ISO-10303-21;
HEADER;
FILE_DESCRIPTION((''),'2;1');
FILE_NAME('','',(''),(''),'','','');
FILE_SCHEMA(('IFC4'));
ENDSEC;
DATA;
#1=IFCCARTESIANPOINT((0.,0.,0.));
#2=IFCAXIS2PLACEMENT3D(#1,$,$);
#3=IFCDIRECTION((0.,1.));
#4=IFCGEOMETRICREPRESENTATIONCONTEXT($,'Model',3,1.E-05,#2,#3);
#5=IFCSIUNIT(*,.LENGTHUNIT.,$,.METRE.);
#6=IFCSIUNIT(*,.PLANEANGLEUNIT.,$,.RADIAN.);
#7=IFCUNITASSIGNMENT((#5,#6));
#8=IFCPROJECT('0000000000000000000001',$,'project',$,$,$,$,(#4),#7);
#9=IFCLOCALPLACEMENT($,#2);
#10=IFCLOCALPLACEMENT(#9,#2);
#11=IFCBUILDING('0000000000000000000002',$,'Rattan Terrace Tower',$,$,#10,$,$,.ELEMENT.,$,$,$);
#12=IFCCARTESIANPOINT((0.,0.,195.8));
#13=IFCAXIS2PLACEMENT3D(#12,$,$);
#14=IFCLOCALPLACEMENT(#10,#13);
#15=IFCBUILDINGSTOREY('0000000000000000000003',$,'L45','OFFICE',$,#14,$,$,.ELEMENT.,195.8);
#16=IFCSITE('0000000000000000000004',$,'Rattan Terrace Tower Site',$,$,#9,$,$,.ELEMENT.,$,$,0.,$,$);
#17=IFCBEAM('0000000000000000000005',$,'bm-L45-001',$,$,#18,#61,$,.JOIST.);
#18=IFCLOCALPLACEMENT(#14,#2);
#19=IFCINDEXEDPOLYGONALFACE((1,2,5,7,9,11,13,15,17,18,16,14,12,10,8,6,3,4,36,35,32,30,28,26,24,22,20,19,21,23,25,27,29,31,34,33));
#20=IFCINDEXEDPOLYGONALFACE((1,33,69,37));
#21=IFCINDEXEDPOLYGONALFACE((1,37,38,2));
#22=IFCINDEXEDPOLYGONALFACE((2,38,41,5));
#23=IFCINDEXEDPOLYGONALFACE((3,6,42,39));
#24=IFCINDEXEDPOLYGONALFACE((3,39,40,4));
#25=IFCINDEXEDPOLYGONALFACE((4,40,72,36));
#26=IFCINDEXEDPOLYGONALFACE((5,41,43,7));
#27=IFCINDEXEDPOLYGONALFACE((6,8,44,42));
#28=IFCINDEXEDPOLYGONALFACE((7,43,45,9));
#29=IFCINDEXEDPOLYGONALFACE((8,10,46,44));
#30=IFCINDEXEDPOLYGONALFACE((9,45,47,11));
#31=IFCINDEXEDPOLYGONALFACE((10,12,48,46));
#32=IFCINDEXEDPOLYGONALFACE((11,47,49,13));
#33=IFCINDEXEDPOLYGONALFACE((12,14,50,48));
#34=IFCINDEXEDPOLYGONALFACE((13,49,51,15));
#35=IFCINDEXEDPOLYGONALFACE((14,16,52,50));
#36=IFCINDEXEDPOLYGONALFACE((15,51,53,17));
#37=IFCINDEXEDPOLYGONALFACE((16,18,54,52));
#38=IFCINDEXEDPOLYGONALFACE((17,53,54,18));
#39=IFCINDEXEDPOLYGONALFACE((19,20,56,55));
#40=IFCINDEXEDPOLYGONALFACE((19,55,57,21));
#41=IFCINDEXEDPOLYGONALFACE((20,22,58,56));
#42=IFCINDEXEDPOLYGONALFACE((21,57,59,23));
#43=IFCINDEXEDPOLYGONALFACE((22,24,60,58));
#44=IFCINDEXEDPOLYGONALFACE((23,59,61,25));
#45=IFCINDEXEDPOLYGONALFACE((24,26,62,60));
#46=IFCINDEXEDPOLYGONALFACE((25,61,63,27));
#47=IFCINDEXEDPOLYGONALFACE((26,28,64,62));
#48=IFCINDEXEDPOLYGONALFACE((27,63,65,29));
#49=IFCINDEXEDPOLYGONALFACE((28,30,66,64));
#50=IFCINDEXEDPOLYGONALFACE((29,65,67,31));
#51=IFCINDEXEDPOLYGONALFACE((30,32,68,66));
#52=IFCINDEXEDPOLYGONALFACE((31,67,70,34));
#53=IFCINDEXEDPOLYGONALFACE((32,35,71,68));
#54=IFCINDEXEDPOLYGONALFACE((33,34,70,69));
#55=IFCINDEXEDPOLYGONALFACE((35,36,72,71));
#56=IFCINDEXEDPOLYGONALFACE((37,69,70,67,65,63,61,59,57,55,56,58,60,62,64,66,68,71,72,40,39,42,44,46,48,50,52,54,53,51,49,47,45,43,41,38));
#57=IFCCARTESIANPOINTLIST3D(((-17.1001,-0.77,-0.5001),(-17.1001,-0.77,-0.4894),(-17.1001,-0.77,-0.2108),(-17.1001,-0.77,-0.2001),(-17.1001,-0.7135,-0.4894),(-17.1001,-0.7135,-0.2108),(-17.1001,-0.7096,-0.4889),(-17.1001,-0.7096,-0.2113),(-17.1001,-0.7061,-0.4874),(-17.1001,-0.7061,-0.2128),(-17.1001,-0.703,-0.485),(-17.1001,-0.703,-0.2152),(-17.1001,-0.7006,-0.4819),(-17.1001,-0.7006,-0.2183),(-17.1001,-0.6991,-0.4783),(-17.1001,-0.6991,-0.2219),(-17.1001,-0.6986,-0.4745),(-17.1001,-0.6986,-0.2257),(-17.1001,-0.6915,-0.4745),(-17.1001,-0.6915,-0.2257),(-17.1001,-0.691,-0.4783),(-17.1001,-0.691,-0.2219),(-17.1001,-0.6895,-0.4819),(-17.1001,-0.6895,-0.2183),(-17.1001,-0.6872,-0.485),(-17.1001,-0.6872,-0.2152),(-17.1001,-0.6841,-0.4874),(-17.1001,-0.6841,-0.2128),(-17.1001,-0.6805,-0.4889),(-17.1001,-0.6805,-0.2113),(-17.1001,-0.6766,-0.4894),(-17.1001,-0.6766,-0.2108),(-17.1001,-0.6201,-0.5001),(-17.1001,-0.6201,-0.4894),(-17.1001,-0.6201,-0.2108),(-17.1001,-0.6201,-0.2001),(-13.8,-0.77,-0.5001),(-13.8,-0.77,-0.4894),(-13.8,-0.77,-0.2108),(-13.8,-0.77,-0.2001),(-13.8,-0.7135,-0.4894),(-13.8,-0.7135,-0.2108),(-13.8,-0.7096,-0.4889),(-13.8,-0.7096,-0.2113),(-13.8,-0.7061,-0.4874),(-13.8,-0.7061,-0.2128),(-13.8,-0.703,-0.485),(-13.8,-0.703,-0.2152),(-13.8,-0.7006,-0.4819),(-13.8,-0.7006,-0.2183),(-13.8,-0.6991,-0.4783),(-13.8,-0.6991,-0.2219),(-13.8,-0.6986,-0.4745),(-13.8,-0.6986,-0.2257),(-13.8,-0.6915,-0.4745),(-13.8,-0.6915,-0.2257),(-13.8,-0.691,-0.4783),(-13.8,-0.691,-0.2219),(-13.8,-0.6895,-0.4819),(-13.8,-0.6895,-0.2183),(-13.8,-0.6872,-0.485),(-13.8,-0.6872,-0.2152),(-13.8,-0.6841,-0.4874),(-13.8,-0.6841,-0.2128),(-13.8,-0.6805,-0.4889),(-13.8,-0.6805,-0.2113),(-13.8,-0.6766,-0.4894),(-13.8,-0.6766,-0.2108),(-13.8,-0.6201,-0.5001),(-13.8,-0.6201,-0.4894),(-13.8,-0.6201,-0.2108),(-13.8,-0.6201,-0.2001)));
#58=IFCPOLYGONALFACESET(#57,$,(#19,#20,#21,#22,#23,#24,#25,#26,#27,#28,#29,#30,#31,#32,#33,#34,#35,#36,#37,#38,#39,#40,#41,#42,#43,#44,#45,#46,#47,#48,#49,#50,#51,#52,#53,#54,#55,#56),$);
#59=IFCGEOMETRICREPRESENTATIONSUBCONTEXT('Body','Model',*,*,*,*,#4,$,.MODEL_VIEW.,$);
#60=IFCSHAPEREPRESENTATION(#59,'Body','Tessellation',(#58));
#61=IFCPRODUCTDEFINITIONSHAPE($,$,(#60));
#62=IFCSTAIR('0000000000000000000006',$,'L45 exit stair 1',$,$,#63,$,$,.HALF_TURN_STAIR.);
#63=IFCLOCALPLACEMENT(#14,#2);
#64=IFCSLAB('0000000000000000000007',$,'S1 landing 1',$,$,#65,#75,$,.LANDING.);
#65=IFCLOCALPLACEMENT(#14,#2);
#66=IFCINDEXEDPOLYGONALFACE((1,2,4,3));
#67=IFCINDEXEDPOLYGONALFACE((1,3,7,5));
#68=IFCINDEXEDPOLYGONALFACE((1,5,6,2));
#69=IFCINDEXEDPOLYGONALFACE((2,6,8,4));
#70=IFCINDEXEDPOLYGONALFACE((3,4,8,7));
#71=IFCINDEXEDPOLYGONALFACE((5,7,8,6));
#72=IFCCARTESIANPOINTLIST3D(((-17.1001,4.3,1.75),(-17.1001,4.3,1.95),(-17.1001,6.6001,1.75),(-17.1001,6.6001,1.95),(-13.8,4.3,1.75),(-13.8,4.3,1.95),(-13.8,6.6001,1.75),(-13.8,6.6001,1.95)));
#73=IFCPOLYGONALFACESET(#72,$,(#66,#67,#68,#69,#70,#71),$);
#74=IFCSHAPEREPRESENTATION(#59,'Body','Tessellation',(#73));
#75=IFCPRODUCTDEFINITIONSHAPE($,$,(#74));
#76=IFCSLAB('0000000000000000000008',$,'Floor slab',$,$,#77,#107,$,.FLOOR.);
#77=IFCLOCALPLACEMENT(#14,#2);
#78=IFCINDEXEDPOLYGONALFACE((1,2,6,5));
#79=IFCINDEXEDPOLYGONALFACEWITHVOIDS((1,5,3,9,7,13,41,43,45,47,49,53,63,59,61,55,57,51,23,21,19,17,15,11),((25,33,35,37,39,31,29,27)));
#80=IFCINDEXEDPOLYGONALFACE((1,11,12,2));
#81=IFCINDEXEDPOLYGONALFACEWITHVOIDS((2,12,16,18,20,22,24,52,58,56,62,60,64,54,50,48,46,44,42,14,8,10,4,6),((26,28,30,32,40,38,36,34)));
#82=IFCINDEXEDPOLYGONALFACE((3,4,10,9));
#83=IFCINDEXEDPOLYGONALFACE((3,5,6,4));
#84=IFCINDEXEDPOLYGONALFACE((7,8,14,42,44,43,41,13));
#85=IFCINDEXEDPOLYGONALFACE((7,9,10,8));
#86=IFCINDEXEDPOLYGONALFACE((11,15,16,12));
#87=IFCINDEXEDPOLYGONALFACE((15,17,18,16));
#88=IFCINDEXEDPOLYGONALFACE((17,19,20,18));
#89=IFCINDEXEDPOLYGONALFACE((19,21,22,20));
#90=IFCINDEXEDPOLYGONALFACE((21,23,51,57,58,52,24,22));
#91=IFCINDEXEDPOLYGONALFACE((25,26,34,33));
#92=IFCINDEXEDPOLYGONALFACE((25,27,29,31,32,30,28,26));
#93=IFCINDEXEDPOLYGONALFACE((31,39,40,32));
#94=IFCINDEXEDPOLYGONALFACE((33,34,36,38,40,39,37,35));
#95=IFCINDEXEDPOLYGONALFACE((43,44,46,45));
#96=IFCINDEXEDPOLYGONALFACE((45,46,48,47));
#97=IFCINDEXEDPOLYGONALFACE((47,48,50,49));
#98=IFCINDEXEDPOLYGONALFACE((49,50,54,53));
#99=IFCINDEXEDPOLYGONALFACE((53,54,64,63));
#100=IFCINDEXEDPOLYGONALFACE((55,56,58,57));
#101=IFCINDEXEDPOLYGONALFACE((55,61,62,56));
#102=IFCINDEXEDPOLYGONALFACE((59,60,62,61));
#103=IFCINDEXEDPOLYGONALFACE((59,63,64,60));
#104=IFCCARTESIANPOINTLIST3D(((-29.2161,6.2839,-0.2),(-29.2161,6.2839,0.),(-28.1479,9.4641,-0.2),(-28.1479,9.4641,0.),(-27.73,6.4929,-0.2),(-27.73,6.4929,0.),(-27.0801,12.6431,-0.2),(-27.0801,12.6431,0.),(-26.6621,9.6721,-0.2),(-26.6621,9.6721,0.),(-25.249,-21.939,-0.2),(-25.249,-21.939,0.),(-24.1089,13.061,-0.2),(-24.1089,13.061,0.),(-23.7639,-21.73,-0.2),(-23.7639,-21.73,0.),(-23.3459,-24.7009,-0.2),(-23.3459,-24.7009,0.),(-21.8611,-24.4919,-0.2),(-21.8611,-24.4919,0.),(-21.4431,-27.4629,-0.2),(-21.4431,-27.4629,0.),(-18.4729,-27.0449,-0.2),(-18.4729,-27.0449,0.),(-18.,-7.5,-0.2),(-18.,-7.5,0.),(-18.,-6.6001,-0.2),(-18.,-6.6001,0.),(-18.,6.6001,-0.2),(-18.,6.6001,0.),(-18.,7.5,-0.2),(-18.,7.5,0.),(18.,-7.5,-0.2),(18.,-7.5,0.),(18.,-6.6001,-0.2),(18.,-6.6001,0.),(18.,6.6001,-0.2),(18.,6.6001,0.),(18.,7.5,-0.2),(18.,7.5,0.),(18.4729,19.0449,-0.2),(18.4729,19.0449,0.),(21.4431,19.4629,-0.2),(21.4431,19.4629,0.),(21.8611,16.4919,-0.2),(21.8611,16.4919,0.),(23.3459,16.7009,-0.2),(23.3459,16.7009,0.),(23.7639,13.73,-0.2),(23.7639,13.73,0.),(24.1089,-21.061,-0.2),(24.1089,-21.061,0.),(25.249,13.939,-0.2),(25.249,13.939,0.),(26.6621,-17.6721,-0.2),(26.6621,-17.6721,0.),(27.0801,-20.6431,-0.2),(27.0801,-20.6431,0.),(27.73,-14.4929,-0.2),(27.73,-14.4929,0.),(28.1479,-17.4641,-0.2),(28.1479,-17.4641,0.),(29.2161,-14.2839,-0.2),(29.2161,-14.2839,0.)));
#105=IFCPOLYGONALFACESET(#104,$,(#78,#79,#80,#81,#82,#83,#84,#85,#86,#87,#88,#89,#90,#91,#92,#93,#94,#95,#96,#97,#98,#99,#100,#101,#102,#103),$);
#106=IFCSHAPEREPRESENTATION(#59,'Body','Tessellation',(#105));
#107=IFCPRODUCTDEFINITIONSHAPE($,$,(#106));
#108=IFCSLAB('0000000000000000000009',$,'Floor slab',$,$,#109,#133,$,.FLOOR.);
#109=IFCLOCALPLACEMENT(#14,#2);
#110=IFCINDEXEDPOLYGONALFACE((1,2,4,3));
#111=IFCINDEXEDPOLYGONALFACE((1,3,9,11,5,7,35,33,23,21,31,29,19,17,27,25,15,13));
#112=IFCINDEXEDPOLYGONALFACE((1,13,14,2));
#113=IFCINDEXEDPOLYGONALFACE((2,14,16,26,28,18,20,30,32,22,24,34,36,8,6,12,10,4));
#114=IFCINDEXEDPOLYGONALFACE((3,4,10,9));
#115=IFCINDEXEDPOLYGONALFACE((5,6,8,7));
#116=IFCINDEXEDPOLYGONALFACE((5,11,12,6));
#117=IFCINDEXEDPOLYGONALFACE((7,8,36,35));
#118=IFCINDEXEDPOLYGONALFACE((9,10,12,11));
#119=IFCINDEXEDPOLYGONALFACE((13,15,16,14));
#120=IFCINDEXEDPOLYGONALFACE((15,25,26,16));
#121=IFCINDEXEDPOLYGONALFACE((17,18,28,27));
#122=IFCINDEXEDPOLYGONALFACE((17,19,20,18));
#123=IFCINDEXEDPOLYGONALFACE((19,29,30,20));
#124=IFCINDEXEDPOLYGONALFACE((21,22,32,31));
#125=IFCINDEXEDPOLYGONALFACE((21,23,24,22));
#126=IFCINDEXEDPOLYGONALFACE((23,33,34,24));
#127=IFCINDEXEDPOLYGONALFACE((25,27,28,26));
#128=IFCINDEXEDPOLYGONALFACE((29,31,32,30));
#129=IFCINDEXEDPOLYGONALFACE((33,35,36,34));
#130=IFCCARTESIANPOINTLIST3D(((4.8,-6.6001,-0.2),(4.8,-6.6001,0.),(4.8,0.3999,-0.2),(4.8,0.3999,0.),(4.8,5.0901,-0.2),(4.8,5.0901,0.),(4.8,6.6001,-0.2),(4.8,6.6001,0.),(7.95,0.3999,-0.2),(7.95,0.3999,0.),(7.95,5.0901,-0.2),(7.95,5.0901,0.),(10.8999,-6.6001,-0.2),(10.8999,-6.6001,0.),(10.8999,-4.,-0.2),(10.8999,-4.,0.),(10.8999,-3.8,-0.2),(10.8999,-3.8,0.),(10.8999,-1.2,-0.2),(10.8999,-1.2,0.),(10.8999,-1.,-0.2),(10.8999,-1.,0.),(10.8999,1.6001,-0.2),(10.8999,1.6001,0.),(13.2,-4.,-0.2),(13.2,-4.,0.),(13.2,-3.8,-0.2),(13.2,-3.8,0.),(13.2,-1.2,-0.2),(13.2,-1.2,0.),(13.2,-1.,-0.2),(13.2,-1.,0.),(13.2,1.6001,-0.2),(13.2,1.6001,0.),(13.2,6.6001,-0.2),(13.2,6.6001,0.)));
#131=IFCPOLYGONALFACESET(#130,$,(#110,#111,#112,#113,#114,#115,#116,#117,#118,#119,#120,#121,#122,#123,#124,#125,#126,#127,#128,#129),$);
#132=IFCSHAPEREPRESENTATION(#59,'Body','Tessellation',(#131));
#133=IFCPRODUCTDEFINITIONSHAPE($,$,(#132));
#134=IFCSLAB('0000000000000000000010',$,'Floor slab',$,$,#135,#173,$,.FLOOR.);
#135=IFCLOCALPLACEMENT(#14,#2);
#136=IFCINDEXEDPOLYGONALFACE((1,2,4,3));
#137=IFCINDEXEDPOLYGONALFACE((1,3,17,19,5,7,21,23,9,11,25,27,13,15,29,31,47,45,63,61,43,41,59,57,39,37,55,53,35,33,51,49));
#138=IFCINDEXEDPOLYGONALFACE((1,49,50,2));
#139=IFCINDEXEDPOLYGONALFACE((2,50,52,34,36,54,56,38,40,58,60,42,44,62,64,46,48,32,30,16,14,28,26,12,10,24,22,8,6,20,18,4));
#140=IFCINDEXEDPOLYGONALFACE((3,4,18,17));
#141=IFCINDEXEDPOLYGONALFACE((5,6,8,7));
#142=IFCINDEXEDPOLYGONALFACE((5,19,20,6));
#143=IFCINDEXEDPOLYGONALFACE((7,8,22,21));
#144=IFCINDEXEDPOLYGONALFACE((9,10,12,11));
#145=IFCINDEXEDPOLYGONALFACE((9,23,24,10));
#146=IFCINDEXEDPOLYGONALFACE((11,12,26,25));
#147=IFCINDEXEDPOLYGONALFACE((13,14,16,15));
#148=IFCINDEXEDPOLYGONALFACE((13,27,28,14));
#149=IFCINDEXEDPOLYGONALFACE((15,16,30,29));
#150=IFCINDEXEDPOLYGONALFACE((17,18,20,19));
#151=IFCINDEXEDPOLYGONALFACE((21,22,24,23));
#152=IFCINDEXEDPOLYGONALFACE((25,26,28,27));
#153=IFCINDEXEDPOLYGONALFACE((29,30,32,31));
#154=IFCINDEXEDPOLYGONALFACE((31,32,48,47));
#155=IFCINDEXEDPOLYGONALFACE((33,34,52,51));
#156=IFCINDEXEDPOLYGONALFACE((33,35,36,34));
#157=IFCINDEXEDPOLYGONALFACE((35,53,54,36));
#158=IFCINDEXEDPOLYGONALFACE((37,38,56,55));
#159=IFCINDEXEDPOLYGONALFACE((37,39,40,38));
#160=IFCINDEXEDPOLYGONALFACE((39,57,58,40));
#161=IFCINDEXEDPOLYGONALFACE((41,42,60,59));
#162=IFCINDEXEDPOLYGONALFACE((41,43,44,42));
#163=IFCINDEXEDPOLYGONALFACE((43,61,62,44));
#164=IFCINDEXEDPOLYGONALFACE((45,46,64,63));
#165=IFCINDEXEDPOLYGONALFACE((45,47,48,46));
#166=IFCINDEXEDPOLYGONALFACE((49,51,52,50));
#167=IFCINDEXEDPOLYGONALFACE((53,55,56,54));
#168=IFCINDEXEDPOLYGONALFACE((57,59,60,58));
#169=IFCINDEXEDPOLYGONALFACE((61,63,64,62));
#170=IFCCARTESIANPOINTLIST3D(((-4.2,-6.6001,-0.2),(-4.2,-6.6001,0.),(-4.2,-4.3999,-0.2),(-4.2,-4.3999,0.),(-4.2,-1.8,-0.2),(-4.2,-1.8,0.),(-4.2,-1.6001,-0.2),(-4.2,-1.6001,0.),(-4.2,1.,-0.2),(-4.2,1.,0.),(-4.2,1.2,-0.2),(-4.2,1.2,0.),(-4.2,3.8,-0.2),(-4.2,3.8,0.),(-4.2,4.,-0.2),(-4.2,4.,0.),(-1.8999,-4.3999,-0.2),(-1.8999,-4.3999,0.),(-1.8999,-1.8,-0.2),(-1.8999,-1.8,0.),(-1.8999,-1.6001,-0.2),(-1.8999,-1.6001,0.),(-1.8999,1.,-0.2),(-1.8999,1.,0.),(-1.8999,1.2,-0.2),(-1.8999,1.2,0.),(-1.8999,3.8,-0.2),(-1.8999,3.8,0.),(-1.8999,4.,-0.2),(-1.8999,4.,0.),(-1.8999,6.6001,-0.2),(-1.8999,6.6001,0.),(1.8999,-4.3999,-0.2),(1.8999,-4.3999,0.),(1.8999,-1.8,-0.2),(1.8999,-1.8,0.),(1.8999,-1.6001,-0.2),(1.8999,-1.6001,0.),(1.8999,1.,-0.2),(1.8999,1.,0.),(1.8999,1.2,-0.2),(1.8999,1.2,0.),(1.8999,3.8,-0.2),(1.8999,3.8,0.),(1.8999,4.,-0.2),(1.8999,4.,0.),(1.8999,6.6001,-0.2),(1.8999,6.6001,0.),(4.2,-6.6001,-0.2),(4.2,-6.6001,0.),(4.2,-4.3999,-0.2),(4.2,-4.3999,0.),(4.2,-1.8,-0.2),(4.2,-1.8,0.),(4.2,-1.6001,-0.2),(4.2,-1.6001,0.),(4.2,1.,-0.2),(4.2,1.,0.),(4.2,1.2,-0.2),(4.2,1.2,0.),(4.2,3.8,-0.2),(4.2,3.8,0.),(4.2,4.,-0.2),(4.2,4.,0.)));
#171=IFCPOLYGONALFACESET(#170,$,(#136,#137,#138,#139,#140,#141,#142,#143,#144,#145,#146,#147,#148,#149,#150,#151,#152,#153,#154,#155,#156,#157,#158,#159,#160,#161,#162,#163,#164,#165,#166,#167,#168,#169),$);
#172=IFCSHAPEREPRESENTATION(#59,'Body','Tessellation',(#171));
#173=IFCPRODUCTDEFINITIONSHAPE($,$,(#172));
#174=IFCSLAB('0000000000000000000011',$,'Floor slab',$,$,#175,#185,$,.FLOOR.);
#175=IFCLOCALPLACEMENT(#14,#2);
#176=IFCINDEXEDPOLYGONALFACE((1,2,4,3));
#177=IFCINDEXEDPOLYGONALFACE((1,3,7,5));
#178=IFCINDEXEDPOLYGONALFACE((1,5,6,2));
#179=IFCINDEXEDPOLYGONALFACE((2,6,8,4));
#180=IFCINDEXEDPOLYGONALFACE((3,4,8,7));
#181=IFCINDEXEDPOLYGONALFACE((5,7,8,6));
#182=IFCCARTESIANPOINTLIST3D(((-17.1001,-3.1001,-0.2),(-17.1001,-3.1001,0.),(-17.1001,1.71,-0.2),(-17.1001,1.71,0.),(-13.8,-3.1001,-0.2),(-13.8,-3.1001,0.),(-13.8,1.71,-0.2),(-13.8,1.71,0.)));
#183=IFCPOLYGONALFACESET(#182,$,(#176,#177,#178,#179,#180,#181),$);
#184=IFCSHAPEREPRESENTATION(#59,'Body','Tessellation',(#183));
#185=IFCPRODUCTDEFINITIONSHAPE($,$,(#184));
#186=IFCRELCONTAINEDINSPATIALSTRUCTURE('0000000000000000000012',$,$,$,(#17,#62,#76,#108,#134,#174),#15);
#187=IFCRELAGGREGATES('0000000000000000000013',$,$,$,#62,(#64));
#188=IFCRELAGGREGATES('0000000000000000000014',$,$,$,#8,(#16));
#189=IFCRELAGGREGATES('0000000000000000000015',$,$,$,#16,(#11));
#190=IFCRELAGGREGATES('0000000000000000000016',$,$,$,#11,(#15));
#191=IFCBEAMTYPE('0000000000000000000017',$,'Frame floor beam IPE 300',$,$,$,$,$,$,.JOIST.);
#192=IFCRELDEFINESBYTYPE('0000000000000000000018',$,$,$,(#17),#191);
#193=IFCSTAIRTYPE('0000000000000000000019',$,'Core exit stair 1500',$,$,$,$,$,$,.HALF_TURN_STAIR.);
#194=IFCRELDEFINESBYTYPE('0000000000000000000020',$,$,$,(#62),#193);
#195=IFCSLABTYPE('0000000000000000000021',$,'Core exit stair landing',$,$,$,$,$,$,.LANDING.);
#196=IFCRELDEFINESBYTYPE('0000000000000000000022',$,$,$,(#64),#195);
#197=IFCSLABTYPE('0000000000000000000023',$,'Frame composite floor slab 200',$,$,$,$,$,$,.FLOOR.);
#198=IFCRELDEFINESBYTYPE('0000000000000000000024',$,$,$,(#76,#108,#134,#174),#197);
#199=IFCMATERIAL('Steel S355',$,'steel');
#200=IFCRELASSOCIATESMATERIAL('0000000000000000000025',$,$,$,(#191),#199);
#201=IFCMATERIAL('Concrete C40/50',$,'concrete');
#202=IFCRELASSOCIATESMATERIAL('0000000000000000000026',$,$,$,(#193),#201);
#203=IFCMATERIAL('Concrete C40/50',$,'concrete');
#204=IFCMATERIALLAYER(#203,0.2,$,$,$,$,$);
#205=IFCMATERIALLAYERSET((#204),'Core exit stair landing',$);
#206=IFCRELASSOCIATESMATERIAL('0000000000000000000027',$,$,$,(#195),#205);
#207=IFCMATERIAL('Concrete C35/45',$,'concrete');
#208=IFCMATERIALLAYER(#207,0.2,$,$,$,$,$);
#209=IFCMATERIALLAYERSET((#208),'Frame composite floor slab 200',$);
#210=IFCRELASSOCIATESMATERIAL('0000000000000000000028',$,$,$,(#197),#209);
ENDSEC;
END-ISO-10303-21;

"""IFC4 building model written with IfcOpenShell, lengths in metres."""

from ifc_helpers import new_model, si_unit, direction, frame, origin, origin_2d, place, context, subcontext, project, spatial, polyline, i_section, outline, extrude, material, layer, layer_set, material_profile, profile_set, type_object, element, aggregate, save


model = new_model("IFC4")

# Units and contexts
model_context = context("Model", 3, precision=1e-05, world=origin(), true_north=direction((0.0, 1.0)))
body_context = subcontext(model_context, "Body", "Model", "MODEL_VIEW")
ifc_project = project(units=[si_unit("LENGTHUNIT", "METRE"), si_unit("PLANEANGLEUNIT", "RADIAN")], contexts=[model_context])

# Site, building, storey
site_placement = place(None, origin())
site = spatial("IfcSite", under=ifc_project, at=site_placement, Name="Rattan Terrace Tower Site", CompositionType="ELEMENT", RefElevation=0.0)
building_placement = place(site_placement, origin())
building = spatial("IfcBuilding", under=site, at=building_placement, Name="Rattan Terrace Tower", CompositionType="ELEMENT")
storey_placement = place(building_placement, frame((0.0, 0.0, 195.8)))
storey = spatial("IfcBuildingStorey", under=building, at=storey_placement, Name="L45", Description="OFFICE", CompositionType="ELEMENT", Elevation=195.8)

# Beam
ifc_material_1 = material(Name="Steel S355", Category="steel")
ifc_material_profile = material_profile(ifc_material_1, i_section(OverallWidth=0.1499, OverallDepth=0.3, WebThickness=0.0071, FlangeThickness=0.0107, FilletRadius=0.0149, at=origin_2d()), Name="IPE 300")
ifc_profile_set = profile_set([ifc_material_profile], Name="Steel S355")
beam_type = type_object("IfcBeamType", Name="Frame floor beam IPE 300", PredefinedType="JOIST", material=ifc_profile_set)
beam_placement = place(storey_placement, frame((-17.1001, -0.6951, -0.3501), z_axis=(1.0, 0.0, 0.0), x_axis=(0.0, 1.0, 0.0)))
element("IfcBeam", 1, at=beam_placement, inside=storey, type_object=beam_type, Name="bm-L45-001", PredefinedType="JOIST", context=body_context, shape_type="SweptSolid", body=[
    extrude(i_section(OverallWidth=0.1499, OverallDepth=0.3, WebThickness=0.0071, FlangeThickness=0.0107, FilletRadius=0.0149, at=origin_2d()), origin(), (0.0, 0.0, 1.0), 3.3),
])

# Stair, slab
ifc_material_2 = material(Name="Concrete C40/50", Category="concrete")
stair_type = type_object("IfcStairType", Name="Core exit stair 1500", PredefinedType="HALF_TURN_STAIR", material=ifc_material_2)
stair_placement = place(storey_placement, origin())
stair = element("IfcStair", 2, at=stair_placement, inside=storey, type_object=stair_type, Name="L45 exit stair 1", PredefinedType="HALF_TURN_STAIR")
ifc_material_3 = material(Name="Concrete C40/50", Category="concrete")
ifc_layer_1 = layer(ifc_material_3, 0.2)
ifc_layer_set_1 = layer_set([ifc_layer_1], Name="Core exit stair landing")
slab_type_1 = type_object("IfcSlabType", Name="Core exit stair landing", PredefinedType="LANDING", material=ifc_layer_set_1)
slab_1_placement = place(storey_placement, frame((0.0, 0.0, 1.75)))
slab_1 = element("IfcSlab", 3, at=slab_1_placement, type_object=slab_type_1, Name="S1 landing 1", PredefinedType="LANDING", context=body_context, shape_type="SweptSolid", body=[
    extrude(outline(polyline([(-13.8, 4.3), (-13.8, 6.6001), (-17.1001, 6.6001), (-17.1001, 4.3), (-13.8, 4.3)])), origin(), (0.0, 0.0, 1.0), 0.2),
])

# Slabs
ifc_material_4 = material(Name="Concrete C35/45", Category="concrete")
ifc_layer_2 = layer(ifc_material_4, 0.2)
ifc_layer_set_2 = layer_set([ifc_layer_2], Name="Frame composite floor slab 200")
slab_type_2 = type_object("IfcSlabType", Name="Frame composite floor slab 200", PredefinedType="FLOOR", material=ifc_layer_set_2)
slab_2_placement = place(storey_placement, frame((0.0, 0.0, -0.2)))
element("IfcSlab", 4, at=slab_2_placement, inside=storey, type_object=slab_type_2, Name="Floor slab", PredefinedType="FLOOR", context=body_context, shape_type="SweptSolid", body=[
    extrude(outline(polyline([(-18.4729, -27.0449), (24.1089, -21.061), (27.0801, -20.6431), (26.6621, -17.6721), (28.1479, -17.4641), (27.73, -14.4929), (29.2161, -14.2839), (25.249, 13.939), (23.7639, 13.73), (23.3459, 16.7009), (21.8611, 16.4919), (21.4431, 19.4629), (18.4729, 19.0449), (-24.1089, 13.061), (-27.0801, 12.6431), (-26.6621, 9.6721), (-28.1479, 9.4641), (-27.73, 6.4929), (-29.2161, 6.2839), (-25.249, -21.939), (-23.7639, -21.73), (-23.3459, -24.7009), (-21.8611, -24.4919), (-21.4431, -27.4629), (-18.4729, -27.0449)]), holes=[polyline([(-18.0, -7.5), (18.0, -7.5), (18.0, -6.6001), (18.0, 6.6001), (18.0, 7.5), (-18.0, 7.5), (-18.0, 6.6001), (-18.0, -6.6001), (-18.0, -7.5)])]), origin(), (0.0, 0.0, 1.0), 0.2),
])
slab_3_placement = place(storey_placement, frame((0.0, 0.0, -0.2)))
element("IfcSlab", 5, at=slab_3_placement, inside=storey, type_object=slab_type_2, Name="Floor slab", PredefinedType="FLOOR", context=body_context, shape_type="SweptSolid", body=[
    extrude(outline(polyline([(13.2, 6.6001), (4.8, 6.6001), (4.8, 5.0901), (7.95, 5.0901), (7.95, 0.3999), (4.8, 0.3999), (4.8, -6.6001), (10.8999, -6.6001), (10.8999, -4.0), (13.2, -4.0), (13.2, -3.8), (10.8999, -3.8), (10.8999, -1.2), (13.2, -1.2), (13.2, -1.0), (10.8999, -1.0), (10.8999, 1.6001), (13.2, 1.6001), (13.2, 6.6001)])), origin(), (0.0, 0.0, 1.0), 0.2),
])
slab_4_placement = place(storey_placement, frame((0.0, 0.0, -0.2)))
element("IfcSlab", 6, at=slab_4_placement, inside=storey, type_object=slab_type_2, Name="Floor slab", PredefinedType="FLOOR", context=body_context, shape_type="SweptSolid", body=[
    extrude(outline(polyline([(1.8999, 6.6001), (-1.8999, 6.6001), (-1.8999, 4.0), (-4.2, 4.0), (-4.2, 3.8), (-1.8999, 3.8), (-1.8999, 1.2), (-4.2, 1.2), (-4.2, 1.0), (-1.8999, 1.0), (-1.8999, -1.6001), (-4.2, -1.6001), (-4.2, -1.8), (-1.8999, -1.8), (-1.8999, -4.3999), (-4.2, -4.3999), (-4.2, -6.6001), (4.2, -6.6001), (4.2, -4.3999), (1.8999, -4.3999), (1.8999, -1.8), (4.2, -1.8), (4.2, -1.6001), (1.8999, -1.6001), (1.8999, 1.0), (4.2, 1.0), (4.2, 1.2), (1.8999, 1.2), (1.8999, 3.8), (4.2, 3.8), (4.2, 4.0), (1.8999, 4.0), (1.8999, 6.6001)])), origin(), (0.0, 0.0, 1.0), 0.2),
])
slab_5_placement = place(storey_placement, frame((0.0, 0.0, -0.2)))
element("IfcSlab", 7, at=slab_5_placement, inside=storey, type_object=slab_type_2, Name="Floor slab", PredefinedType="FLOOR", context=body_context, shape_type="SweptSolid", body=[
    extrude(outline(polyline([(-17.1001, -3.1001), (-13.8, -3.1001), (-13.8, 1.71), (-17.1001, 1.71), (-17.1001, -3.1001)])), origin(), (0.0, 0.0, 1.0), 0.2),
])

aggregate(stair, [slab_1])

save(model, "model.ifc")
